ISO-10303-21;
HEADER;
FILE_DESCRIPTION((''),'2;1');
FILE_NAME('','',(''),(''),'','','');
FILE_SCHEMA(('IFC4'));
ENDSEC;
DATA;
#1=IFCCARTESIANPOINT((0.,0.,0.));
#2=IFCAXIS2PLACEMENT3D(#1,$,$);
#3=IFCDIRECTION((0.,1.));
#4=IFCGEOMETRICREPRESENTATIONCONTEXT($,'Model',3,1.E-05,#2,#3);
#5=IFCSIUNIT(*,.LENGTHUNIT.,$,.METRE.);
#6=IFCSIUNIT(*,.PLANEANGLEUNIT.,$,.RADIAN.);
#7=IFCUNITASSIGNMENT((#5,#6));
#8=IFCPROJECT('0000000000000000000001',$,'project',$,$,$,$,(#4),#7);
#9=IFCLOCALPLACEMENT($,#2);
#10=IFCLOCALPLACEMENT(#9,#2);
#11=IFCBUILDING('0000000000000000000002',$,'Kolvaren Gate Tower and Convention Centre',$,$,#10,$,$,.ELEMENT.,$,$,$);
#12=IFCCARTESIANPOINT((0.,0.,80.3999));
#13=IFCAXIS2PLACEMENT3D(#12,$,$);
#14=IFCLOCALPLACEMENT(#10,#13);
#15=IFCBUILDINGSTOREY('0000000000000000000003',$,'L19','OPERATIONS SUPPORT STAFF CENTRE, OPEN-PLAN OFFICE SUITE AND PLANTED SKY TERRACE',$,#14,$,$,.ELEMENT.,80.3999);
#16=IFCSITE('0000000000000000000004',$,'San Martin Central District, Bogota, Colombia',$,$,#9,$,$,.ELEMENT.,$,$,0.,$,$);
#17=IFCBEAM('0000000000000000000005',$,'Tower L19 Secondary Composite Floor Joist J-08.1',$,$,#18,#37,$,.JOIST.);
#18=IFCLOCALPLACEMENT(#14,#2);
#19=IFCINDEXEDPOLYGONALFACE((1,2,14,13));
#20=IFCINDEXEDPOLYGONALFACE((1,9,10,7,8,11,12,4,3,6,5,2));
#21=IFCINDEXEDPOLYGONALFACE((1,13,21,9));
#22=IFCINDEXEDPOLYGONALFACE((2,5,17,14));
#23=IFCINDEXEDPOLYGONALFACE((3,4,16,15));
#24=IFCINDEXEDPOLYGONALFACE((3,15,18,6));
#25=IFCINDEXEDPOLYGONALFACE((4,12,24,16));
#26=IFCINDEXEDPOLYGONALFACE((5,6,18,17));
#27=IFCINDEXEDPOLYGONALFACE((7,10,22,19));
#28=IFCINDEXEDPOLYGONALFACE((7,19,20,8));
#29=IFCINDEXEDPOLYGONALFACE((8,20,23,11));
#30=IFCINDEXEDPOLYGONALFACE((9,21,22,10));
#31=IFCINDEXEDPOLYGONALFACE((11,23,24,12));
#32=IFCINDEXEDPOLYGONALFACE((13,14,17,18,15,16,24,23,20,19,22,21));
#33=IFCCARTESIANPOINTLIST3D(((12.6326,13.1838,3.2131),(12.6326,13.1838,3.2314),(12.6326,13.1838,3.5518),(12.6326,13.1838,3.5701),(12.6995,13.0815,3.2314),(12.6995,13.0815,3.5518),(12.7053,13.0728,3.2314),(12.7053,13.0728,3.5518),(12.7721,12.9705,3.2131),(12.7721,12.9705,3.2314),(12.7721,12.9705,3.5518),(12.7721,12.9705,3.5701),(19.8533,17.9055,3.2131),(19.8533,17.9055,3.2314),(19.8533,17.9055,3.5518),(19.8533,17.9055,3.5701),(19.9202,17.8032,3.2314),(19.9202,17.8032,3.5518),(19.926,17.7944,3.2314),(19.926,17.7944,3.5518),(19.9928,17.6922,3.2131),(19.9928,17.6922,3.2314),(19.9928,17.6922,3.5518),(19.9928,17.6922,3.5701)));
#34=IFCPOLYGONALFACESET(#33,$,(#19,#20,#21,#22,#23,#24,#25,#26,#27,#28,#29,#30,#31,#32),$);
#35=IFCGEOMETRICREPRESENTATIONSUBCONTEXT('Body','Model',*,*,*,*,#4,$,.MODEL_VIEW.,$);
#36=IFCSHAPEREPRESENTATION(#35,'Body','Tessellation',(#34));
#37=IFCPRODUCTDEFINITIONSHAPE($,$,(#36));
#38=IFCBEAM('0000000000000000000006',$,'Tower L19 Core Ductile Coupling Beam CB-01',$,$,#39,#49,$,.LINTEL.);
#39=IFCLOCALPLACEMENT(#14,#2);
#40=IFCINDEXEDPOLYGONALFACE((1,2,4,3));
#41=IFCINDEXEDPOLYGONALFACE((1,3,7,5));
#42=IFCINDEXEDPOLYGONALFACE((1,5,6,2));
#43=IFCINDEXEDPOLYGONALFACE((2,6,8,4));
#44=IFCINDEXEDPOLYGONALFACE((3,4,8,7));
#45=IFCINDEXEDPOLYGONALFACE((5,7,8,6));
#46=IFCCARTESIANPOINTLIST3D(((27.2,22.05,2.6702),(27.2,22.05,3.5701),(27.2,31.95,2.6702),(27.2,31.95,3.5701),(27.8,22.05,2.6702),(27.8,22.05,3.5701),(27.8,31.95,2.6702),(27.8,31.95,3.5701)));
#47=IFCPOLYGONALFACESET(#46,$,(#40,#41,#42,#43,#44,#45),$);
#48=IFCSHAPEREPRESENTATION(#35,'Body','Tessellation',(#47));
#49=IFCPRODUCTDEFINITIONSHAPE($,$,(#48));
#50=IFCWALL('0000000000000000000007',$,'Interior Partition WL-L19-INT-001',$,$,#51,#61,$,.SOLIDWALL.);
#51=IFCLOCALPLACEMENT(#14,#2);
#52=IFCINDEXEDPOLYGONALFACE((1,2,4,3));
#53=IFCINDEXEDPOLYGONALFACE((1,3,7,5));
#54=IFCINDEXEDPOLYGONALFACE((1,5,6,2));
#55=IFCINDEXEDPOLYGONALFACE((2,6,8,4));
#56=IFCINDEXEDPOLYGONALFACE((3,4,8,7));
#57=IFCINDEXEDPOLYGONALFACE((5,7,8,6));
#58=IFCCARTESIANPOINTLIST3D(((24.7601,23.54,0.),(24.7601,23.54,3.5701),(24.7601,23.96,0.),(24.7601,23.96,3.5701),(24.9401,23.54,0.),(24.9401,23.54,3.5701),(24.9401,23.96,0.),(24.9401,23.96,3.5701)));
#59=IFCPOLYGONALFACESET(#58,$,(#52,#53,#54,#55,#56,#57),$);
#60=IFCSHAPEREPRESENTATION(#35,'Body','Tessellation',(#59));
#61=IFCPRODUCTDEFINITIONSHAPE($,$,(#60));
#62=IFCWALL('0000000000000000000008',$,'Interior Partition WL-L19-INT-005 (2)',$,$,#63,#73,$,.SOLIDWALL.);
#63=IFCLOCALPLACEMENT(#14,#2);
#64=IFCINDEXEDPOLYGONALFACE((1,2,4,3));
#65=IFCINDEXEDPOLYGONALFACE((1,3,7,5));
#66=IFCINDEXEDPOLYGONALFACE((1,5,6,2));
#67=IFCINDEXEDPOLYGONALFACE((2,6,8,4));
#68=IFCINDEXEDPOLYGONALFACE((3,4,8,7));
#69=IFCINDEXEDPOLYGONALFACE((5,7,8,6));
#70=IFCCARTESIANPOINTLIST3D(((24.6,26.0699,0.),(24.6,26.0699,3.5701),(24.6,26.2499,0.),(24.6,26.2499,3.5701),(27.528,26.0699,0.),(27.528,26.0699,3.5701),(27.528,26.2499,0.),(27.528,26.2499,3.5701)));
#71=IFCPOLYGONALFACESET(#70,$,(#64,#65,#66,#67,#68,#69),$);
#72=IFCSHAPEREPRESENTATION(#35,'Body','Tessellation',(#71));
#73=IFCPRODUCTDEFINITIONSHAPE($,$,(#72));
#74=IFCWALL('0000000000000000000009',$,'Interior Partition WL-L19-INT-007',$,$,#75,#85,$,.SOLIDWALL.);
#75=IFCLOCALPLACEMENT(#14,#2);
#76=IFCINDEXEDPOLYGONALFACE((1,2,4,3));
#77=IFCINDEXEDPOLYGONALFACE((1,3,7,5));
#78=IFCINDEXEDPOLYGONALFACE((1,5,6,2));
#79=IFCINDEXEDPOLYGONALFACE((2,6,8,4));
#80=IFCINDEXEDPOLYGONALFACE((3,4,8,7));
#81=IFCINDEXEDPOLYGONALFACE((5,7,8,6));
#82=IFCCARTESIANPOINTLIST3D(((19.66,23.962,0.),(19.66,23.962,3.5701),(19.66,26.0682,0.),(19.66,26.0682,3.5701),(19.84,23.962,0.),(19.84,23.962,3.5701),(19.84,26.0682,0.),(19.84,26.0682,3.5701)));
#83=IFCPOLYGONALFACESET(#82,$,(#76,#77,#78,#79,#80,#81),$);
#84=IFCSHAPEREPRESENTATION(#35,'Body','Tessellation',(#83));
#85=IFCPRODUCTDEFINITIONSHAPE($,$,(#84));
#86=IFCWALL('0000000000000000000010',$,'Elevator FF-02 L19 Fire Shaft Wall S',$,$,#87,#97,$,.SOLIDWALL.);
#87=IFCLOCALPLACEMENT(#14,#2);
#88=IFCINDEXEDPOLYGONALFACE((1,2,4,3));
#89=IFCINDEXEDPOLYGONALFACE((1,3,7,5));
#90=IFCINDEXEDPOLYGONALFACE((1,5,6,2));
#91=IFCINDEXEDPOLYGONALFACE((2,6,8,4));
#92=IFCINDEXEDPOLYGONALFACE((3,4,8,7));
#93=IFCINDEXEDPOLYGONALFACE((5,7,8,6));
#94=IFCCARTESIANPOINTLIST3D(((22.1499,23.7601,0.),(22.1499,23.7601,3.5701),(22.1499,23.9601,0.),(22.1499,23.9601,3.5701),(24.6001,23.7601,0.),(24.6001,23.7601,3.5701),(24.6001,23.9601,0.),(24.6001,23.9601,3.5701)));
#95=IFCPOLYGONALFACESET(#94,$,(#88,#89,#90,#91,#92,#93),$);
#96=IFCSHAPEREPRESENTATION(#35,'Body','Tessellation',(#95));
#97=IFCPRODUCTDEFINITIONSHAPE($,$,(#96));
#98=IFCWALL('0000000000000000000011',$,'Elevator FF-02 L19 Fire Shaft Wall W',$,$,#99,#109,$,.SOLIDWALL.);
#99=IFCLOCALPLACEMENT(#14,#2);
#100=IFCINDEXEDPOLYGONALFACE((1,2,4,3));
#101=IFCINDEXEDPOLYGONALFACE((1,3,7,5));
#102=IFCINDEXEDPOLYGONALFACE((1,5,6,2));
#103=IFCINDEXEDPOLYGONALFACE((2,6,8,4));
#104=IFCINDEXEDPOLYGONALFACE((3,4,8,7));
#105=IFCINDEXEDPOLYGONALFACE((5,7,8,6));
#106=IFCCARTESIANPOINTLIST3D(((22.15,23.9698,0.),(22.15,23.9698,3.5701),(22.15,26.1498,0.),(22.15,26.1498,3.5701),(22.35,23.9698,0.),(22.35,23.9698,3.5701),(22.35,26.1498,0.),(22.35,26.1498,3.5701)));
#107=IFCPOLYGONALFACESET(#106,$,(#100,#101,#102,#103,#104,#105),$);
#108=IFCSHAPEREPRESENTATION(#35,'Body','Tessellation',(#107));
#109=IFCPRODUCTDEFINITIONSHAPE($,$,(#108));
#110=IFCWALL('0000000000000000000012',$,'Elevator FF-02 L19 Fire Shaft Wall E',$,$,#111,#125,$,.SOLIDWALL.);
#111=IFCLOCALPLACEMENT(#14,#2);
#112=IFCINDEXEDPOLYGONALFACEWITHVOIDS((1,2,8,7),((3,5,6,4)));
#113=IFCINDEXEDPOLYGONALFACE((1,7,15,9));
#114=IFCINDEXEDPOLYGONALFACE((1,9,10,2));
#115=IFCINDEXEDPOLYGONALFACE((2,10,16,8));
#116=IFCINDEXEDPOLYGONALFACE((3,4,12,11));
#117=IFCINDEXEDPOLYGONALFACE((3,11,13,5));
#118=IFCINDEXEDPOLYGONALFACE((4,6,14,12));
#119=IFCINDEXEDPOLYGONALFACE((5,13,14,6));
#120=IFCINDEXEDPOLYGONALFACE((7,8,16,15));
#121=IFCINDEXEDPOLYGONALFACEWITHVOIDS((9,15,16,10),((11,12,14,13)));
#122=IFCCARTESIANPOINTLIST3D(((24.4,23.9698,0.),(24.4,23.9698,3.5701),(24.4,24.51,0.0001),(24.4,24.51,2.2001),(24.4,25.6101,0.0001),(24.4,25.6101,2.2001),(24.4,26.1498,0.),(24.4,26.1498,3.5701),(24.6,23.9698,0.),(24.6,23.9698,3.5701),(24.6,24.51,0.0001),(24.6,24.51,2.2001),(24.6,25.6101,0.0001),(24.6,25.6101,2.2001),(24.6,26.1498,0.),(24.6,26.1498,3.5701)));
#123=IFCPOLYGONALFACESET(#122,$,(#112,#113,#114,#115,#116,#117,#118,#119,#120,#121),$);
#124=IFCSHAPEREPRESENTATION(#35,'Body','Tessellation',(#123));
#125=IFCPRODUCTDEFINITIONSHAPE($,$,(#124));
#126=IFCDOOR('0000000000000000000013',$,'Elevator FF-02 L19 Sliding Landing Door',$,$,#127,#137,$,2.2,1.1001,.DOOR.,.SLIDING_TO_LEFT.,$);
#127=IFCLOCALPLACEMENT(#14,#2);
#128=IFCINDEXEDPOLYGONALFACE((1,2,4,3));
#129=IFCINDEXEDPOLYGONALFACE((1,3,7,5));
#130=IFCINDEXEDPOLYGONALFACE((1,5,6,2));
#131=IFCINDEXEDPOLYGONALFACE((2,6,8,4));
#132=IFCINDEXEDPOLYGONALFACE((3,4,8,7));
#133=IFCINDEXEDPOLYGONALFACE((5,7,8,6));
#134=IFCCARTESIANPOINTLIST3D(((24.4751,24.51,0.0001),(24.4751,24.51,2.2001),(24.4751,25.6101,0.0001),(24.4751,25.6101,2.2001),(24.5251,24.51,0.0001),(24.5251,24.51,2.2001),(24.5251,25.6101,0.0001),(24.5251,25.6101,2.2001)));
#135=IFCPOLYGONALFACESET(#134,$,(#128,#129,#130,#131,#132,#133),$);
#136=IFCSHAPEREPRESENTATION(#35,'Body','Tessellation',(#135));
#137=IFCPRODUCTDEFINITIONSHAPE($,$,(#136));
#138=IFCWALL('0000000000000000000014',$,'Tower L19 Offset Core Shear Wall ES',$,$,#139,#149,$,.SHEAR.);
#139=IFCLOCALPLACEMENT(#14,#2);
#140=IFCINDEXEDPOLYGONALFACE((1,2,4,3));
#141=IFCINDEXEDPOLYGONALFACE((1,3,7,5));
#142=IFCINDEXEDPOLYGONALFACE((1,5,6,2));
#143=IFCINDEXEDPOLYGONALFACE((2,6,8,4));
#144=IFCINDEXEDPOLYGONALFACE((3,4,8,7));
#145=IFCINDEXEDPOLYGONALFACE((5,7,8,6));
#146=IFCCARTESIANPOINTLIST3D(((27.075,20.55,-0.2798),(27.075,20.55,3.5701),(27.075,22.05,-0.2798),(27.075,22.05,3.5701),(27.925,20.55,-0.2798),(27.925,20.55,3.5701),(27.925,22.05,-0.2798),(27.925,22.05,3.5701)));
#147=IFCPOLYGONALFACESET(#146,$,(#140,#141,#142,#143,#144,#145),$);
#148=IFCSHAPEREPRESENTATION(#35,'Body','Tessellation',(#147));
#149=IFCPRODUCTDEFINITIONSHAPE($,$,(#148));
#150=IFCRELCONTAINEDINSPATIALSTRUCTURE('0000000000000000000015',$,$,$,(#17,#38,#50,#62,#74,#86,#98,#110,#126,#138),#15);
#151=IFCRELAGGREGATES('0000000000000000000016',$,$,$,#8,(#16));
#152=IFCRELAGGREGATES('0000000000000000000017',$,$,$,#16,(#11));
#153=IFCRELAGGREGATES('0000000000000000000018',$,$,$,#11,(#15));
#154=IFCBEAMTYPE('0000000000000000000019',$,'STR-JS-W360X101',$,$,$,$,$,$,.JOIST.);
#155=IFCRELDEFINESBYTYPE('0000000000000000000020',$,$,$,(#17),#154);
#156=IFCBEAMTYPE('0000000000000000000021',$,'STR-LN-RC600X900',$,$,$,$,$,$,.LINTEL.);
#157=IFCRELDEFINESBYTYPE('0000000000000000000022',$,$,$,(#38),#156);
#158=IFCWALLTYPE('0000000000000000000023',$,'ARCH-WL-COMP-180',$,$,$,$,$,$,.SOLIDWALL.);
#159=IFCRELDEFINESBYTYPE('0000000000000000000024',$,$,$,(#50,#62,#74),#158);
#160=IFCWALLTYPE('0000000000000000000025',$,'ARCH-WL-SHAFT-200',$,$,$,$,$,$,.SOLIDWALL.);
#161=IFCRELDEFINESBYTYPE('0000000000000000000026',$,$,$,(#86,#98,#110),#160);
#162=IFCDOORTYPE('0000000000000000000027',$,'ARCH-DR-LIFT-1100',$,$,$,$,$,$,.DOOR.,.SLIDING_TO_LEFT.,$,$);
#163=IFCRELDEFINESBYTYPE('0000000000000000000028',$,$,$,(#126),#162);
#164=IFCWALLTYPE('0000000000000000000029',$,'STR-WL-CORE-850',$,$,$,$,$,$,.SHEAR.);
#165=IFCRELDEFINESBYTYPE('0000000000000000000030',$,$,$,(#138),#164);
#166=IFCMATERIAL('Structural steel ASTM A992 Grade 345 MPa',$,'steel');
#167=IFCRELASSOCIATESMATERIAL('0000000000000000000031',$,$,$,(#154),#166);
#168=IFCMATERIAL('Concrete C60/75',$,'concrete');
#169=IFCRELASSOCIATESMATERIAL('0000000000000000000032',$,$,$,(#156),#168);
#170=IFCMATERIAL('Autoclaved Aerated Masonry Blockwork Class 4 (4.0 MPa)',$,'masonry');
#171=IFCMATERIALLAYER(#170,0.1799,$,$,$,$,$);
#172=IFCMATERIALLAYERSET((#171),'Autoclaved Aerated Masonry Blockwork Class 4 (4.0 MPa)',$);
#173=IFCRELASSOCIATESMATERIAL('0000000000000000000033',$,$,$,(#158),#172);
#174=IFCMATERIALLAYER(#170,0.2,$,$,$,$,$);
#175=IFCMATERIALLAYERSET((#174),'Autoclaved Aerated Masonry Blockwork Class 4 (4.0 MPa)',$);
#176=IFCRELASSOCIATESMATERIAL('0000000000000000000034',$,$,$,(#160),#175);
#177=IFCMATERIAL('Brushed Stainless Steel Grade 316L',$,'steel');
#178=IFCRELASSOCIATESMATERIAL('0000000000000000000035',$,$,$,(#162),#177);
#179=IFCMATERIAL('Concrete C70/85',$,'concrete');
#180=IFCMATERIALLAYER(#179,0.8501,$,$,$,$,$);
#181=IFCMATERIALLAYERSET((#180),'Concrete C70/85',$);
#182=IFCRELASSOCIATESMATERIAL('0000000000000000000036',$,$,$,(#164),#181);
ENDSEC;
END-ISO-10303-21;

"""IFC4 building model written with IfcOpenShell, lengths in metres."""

from ifc_helpers import new_model, si_unit, direction, frame, frame_2d, origin, origin_2d, place, context, subcontext, project, spatial, rectangle, i_section, extrude, material, layer, layer_set, material_profile, profile_set, type_object, element, fill, save


model = new_model("IFC4")

# Units and contexts
model_context = context("Model", 3, precision=1e-05, world=origin(), true_north=direction((0.0, 1.0)))
body_context = subcontext(model_context, "Body", "Model", "MODEL_VIEW")
ifc_project = project(units=[si_unit("LENGTHUNIT", "METRE"), si_unit("PLANEANGLEUNIT", "RADIAN")], contexts=[model_context])

# Site, building, storey
site_placement = place(None, origin())
site = spatial("IfcSite", under=ifc_project, at=site_placement, Name="San Martin Central District, Bogota, Colombia", CompositionType="ELEMENT", RefElevation=0.0)
building_placement = place(site_placement, origin())
building = spatial("IfcBuilding", under=site, at=building_placement, Name="Kolvaren Gate Tower and Convention Centre", CompositionType="ELEMENT")
storey_placement = place(building_placement, frame((0.0, 0.0, 80.3999)))
storey = spatial("IfcBuildingStorey", under=building, at=storey_placement, Name="L19", Description="OPERATIONS SUPPORT STAFF CENTRE, OPEN-PLAN OFFICE SUITE AND PLANTED SKY TERRACE", CompositionType="ELEMENT", Elevation=80.3999)

# Beams
ifc_material_1 = material(Name="Structural steel ASTM A992 Grade 345 MPa", Category="steel")
ifc_material_profile_1 = material_profile(ifc_material_1, i_section(OverallWidth=0.2549, OverallDepth=0.3569, WebThickness=0.0105, FlangeThickness=0.0183, at=origin_2d()), Name="W360X101")
ifc_profile_set_1 = profile_set([ifc_material_profile_1], Name="Structural steel ASTM A992 Grade 345 MPa")
beam_type_1 = type_object("IfcBeamType", Name="STR-JS-W360X101", PredefinedType="JOIST", material=ifc_profile_set_1)
beam_1_placement = place(storey_placement, frame((19.9231, 17.7988, 3.3916), z_axis=(-0.836946, -0.547286, 0.0), x_axis=(0.547286, -0.836946, 0.0)))
element("IfcBeam", 1, at=beam_1_placement, inside=storey, type_object=beam_type_1, Name="Tower L19 Secondary Composite Floor Joist J-08.1", PredefinedType="JOIST", context=body_context, shape_type="SweptSolid", body=[
    extrude(i_section(OverallWidth=0.2549, OverallDepth=0.3569, WebThickness=0.0105, FlangeThickness=0.0183, at=origin_2d()), origin(), (0.0, 0.0, 1.0), 8.6274),
])
ifc_material_2 = material(Name="Concrete C60/75", Category="concrete")
ifc_material_profile_2 = material_profile(ifc_material_2, rectangle(XDim=0.6001, YDim=0.8999, at=origin_2d()), Name="RC-BM-600X900")
ifc_profile_set_2 = profile_set([ifc_material_profile_2], Name="Concrete C60/75")
beam_type_2 = type_object("IfcBeamType", Name="STR-LN-RC600X900", PredefinedType="LINTEL", material=ifc_profile_set_2)
beam_2_placement = place(storey_placement, frame((27.5, 22.05, 3.1201), z_axis=(0.0, 1.0, 0.0), x_axis=(-1.0, 0.0, 0.0)))
element("IfcBeam", 2, at=beam_2_placement, inside=storey, type_object=beam_type_2, Name="Tower L19 Core Ductile Coupling Beam CB-01", PredefinedType="LINTEL", context=body_context, shape_type="SweptSolid", body=[
    extrude(rectangle(XDim=0.6001, YDim=0.8999, at=origin_2d()), origin(), (0.0, 0.0, 1.0), 9.8999),
])

# Walls
ifc_material_3 = material(Name="Autoclaved Aerated Masonry Blockwork Class 4 (4.0 MPa)", Category="masonry")
ifc_layer_1 = layer(ifc_material_3, 0.1799)
ifc_layer_set_1 = layer_set([ifc_layer_1], Name="Autoclaved Aerated Masonry Blockwork Class 4 (4.0 MPa)")
wall_type_1 = type_object("IfcWallType", Name="ARCH-WL-COMP-180", PredefinedType="SOLIDWALL", material=ifc_layer_set_1)
wall_1_placement = place(storey_placement, frame((24.8501, 23.54, 0.0), z_axis=(0.0, 0.0, 1.0), x_axis=(0.0, 1.0, 0.0)))
element("IfcWall", 3, at=wall_1_placement, inside=storey, type_object=wall_type_1, Name="Interior Partition WL-L19-INT-001", PredefinedType="SOLIDWALL", context=body_context, shape_type="SweptSolid", body=[
    extrude(rectangle(XDim=0.4199, YDim=0.1799, at=frame_2d((0.21, 0.0))), origin(), (0.0, 0.0, 1.0), 3.5701),
])
wall_2_placement = place(storey_placement, frame((24.6001, 26.1599, 0.0), z_axis=(0.0, 0.0, 1.0), x_axis=(1.0, 0.0, 0.0)))
element("IfcWall", 4, at=wall_2_placement, inside=storey, type_object=wall_type_1, Name="Interior Partition WL-L19-INT-005 (2)", PredefinedType="SOLIDWALL", context=body_context, shape_type="SweptSolid", body=[
    extrude(rectangle(XDim=2.928, YDim=0.1799, at=frame_2d((1.4639, 0.0))), origin(), (0.0, 0.0, 1.0), 3.5701),
])
wall_3_placement = place(storey_placement, frame((19.75, 23.9619, 0.0), z_axis=(0.0, 0.0, 1.0), x_axis=(0.0, 1.0, 0.0)))
element("IfcWall", 5, at=wall_3_placement, inside=storey, type_object=wall_type_1, Name="Interior Partition WL-L19-INT-007", PredefinedType="SOLIDWALL", context=body_context, shape_type="SweptSolid", body=[
    extrude(rectangle(XDim=2.1062, YDim=0.1799, at=frame_2d((1.0532, 0.0))), origin(), (0.0, 0.0, 1.0), 3.5701),
])
ifc_layer_2 = layer(ifc_material_3, 0.2)
ifc_layer_set_2 = layer_set([ifc_layer_2], Name="Autoclaved Aerated Masonry Blockwork Class 4 (4.0 MPa)")
wall_type_2 = type_object("IfcWallType", Name="ARCH-WL-SHAFT-200", PredefinedType="SOLIDWALL", material=ifc_layer_set_2)
wall_4_placement = place(storey_placement, frame((22.1499, 23.8601, 0.0), z_axis=(0.0, 0.0, 1.0), x_axis=(1.0, 0.0, 0.0)))
element("IfcWall", 6, at=wall_4_placement, inside=storey, type_object=wall_type_2, Name="Elevator FF-02 L19 Fire Shaft Wall S", PredefinedType="SOLIDWALL", context=body_context, shape_type="SweptSolid", body=[
    extrude(rectangle(XDim=2.4502, YDim=0.2, at=frame_2d((1.2251, 0.0))), origin(), (0.0, 0.0, 1.0), 3.5701),
])
wall_5_placement = place(storey_placement, frame((22.25, 23.97, 0.0), z_axis=(0.0, 0.0, 1.0), x_axis=(0.0, 1.0, 0.0)))
element("IfcWall", 7, at=wall_5_placement, inside=storey, type_object=wall_type_2, Name="Elevator FF-02 L19 Fire Shaft Wall W", PredefinedType="SOLIDWALL", context=body_context, shape_type="SweptSolid", body=[
    extrude(rectangle(XDim=2.1799, YDim=0.2, at=frame_2d((1.0898, 0.0))), origin(), (0.0, 0.0, 1.0), 3.5701),
])

# Wall, opening, door
wall_6_placement = place(storey_placement, frame((24.5, 23.97, 0.0), z_axis=(0.0, 0.0, 1.0), x_axis=(0.0, 1.0, 0.0)))
wall_6 = element("IfcWall", 8, at=wall_6_placement, inside=storey, type_object=wall_type_2, Name="Elevator FF-02 L19 Fire Shaft Wall E", PredefinedType="SOLIDWALL", context=body_context, shape_type="SweptSolid", body=[
    extrude(rectangle(XDim=2.1799, YDim=0.2, at=frame_2d((1.0898, 0.0))), origin(), (0.0, 0.0, 1.0), 3.5701),
])
opening_1_placement = place(wall_6_placement, frame((0.54, 0.0, 0.0)))
opening_1 = element("IfcOpeningElement", 9, at=opening_1_placement, cuts=wall_6, PredefinedType="OPENING", context=body_context, shape_type="SweptSolid", body=[
    extrude(rectangle(XDim=1.1001, YDim=2.2, at=frame_2d((0.55, 1.1001))), frame((0.0, 0.1099, 0.0), z_axis=(0.0, -1.0, 0.0), x_axis=(1.0, 0.0, 0.0)), (0.0, 0.0, 1.0), 0.22),
])
ifc_material_4 = material(Name="Brushed Stainless Steel Grade 316L", Category="steel")
door_type_1 = type_object("IfcDoorType", Name="ARCH-DR-LIFT-1100", OperationType="SLIDING_TO_LEFT", PredefinedType="DOOR", material=ifc_material_4)
door_1_placement = place(opening_1_placement, origin())
door_1 = element("IfcDoor", 10, at=door_1_placement, inside=storey, type_object=door_type_1, Name="Elevator FF-02 L19 Sliding Landing Door", OperationType="SLIDING_TO_LEFT", OverallHeight=2.2, OverallWidth=1.1001, PredefinedType="DOOR", context=body_context, shape_type="SweptSolid", body=[
    extrude(rectangle(XDim=1.1001, YDim=2.2, at=frame_2d((0.55, 1.1001))), frame((0.0, 0.0249, 0.0), z_axis=(0.0, -1.0, 0.0), x_axis=(1.0, 0.0, 0.0)), (0.0, 0.0, 1.0), 0.05),
])
fill(opening_1, door_1)

# Wall
ifc_material_5 = material(Name="Concrete C70/85", Category="concrete")
ifc_layer_3 = layer(ifc_material_5, 0.8501)
ifc_layer_set_3 = layer_set([ifc_layer_3], Name="Concrete C70/85")
wall_type_3 = type_object("IfcWallType", Name="STR-WL-CORE-850", PredefinedType="SHEAR", material=ifc_layer_set_3)
wall_7_placement = place(storey_placement, frame((27.5, 20.55, -0.2798), z_axis=(0.0, 0.0, 1.0), x_axis=(0.0, 1.0, 0.0)))
element("IfcWall", 11, at=wall_7_placement, inside=storey, type_object=wall_type_3, Name="Tower L19 Offset Core Shear Wall ES", PredefinedType="SHEAR", context=body_context, shape_type="SweptSolid", body=[
    extrude(rectangle(XDim=1.5, YDim=0.8501, at=frame_2d((0.75, 0.0))), origin(), (0.0, 0.0, 1.0), 3.8499),
])

save(model, "model.ifc")
